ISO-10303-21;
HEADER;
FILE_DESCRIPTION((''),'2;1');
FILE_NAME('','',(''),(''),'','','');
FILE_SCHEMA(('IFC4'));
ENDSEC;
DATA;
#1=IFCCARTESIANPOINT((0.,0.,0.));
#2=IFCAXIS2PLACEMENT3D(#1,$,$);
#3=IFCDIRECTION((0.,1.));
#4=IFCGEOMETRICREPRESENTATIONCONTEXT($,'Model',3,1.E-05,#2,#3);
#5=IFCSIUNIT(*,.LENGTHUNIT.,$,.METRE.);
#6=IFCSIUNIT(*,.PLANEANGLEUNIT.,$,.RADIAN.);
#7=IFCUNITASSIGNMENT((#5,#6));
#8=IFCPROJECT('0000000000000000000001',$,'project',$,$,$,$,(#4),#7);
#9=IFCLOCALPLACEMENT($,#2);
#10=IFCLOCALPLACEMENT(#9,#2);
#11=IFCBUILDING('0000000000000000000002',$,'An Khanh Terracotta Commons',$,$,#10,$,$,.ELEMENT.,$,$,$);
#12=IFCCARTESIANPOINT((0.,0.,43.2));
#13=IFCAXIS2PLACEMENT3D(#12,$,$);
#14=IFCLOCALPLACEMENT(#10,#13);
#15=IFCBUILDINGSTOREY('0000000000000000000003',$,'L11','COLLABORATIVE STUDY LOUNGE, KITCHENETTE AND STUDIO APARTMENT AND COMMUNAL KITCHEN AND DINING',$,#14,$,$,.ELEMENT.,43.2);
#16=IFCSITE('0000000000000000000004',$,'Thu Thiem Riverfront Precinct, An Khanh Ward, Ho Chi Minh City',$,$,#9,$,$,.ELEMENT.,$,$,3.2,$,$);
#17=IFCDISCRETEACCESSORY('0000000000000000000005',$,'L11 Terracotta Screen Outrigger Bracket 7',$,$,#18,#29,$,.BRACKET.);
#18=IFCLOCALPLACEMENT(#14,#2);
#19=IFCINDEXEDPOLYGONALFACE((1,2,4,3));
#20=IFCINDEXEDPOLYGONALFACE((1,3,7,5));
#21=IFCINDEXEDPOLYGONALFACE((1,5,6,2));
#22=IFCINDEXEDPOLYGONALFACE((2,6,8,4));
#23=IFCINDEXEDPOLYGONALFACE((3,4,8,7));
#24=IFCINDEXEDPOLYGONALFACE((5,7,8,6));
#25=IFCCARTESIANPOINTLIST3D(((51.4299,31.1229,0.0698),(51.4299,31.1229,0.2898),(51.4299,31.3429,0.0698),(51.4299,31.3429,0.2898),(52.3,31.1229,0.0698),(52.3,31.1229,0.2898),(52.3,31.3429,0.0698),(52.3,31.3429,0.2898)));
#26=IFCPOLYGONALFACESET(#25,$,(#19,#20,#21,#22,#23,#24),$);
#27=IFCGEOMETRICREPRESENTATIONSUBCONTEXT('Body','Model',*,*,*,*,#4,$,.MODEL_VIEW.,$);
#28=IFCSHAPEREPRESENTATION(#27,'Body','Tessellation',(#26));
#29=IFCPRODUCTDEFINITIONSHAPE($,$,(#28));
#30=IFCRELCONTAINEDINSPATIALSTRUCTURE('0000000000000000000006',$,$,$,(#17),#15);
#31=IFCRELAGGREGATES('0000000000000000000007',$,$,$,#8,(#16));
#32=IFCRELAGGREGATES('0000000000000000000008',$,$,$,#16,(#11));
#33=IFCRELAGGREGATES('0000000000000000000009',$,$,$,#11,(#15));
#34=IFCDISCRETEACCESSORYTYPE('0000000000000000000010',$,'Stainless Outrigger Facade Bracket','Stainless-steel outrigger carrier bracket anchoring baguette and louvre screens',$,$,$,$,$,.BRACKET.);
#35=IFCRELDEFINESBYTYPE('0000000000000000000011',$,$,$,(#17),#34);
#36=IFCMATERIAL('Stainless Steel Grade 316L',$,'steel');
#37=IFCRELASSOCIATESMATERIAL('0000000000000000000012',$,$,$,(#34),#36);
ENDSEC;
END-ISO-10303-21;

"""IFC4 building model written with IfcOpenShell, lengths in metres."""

from ifc_helpers import new_model, si_unit, direction, frame, origin, origin_2d, place, context, subcontext, project, spatial, rectangle, extrude, material, type_object, element, save


model = new_model("IFC4")

# Units and contexts
model_context = context("Model", 3, precision=1e-05, world=origin(), true_north=direction((0.0, 1.0)))
body_context = subcontext(model_context, "Body", "Model", "MODEL_VIEW")
ifc_project = project(units=[si_unit("LENGTHUNIT", "METRE"), si_unit("PLANEANGLEUNIT", "RADIAN")], contexts=[model_context])

# Site, building, storey
site_placement = place(None, origin())
site = spatial("IfcSite", under=ifc_project, at=site_placement, Name="Thu Thiem Riverfront Precinct, An Khanh Ward, Ho Chi Minh City", CompositionType="ELEMENT", RefElevation=3.2)
building_placement = place(site_placement, origin())
building = spatial("IfcBuilding", under=site, at=building_placement, Name="An Khanh Terracotta Commons", CompositionType="ELEMENT")
storey_placement = place(building_placement, frame((0.0, 0.0, 43.2)))
storey = spatial("IfcBuildingStorey", under=building, at=storey_placement, Name="L11", Description="COLLABORATIVE STUDY LOUNGE, KITCHENETTE AND STUDIO APARTMENT AND COMMUNAL KITCHEN AND DINING", CompositionType="ELEMENT", Elevation=43.2)

# Discrete accessory
ifc_material_1 = material(Name="Stainless Steel Grade 316L", Category="steel")
discrete_accessory_type = type_object("IfcDiscreteAccessoryType", Name="Stainless Outrigger Facade Bracket", Description="Stainless-steel outrigger carrier bracket anchoring baguette and louvre screens", PredefinedType="BRACKET", material=ifc_material_1)
for number, where, z_axis, x_axis, name in (
    (1, (51.865, 31.2329, 0.0698), (0.0, 0.0, 1.0), (0.0, 1.0, 0.0), "L11 Terracotta Screen Outrigger Bracket 7"),
):
    element("IfcDiscreteAccessory", number, at=place(storey_placement, frame(where, z_axis=z_axis, x_axis=x_axis)), inside=storey, type_object=discrete_accessory_type, Name=name, PredefinedType="BRACKET", context=body_context, shape_type="SweptSolid", body=[
        extrude(rectangle(XDim=0.22, YDim=0.8701, at=origin_2d()), origin(), (0.0, 0.0, 1.0), 0.22),
    ])

save(model, "model.ifc")
